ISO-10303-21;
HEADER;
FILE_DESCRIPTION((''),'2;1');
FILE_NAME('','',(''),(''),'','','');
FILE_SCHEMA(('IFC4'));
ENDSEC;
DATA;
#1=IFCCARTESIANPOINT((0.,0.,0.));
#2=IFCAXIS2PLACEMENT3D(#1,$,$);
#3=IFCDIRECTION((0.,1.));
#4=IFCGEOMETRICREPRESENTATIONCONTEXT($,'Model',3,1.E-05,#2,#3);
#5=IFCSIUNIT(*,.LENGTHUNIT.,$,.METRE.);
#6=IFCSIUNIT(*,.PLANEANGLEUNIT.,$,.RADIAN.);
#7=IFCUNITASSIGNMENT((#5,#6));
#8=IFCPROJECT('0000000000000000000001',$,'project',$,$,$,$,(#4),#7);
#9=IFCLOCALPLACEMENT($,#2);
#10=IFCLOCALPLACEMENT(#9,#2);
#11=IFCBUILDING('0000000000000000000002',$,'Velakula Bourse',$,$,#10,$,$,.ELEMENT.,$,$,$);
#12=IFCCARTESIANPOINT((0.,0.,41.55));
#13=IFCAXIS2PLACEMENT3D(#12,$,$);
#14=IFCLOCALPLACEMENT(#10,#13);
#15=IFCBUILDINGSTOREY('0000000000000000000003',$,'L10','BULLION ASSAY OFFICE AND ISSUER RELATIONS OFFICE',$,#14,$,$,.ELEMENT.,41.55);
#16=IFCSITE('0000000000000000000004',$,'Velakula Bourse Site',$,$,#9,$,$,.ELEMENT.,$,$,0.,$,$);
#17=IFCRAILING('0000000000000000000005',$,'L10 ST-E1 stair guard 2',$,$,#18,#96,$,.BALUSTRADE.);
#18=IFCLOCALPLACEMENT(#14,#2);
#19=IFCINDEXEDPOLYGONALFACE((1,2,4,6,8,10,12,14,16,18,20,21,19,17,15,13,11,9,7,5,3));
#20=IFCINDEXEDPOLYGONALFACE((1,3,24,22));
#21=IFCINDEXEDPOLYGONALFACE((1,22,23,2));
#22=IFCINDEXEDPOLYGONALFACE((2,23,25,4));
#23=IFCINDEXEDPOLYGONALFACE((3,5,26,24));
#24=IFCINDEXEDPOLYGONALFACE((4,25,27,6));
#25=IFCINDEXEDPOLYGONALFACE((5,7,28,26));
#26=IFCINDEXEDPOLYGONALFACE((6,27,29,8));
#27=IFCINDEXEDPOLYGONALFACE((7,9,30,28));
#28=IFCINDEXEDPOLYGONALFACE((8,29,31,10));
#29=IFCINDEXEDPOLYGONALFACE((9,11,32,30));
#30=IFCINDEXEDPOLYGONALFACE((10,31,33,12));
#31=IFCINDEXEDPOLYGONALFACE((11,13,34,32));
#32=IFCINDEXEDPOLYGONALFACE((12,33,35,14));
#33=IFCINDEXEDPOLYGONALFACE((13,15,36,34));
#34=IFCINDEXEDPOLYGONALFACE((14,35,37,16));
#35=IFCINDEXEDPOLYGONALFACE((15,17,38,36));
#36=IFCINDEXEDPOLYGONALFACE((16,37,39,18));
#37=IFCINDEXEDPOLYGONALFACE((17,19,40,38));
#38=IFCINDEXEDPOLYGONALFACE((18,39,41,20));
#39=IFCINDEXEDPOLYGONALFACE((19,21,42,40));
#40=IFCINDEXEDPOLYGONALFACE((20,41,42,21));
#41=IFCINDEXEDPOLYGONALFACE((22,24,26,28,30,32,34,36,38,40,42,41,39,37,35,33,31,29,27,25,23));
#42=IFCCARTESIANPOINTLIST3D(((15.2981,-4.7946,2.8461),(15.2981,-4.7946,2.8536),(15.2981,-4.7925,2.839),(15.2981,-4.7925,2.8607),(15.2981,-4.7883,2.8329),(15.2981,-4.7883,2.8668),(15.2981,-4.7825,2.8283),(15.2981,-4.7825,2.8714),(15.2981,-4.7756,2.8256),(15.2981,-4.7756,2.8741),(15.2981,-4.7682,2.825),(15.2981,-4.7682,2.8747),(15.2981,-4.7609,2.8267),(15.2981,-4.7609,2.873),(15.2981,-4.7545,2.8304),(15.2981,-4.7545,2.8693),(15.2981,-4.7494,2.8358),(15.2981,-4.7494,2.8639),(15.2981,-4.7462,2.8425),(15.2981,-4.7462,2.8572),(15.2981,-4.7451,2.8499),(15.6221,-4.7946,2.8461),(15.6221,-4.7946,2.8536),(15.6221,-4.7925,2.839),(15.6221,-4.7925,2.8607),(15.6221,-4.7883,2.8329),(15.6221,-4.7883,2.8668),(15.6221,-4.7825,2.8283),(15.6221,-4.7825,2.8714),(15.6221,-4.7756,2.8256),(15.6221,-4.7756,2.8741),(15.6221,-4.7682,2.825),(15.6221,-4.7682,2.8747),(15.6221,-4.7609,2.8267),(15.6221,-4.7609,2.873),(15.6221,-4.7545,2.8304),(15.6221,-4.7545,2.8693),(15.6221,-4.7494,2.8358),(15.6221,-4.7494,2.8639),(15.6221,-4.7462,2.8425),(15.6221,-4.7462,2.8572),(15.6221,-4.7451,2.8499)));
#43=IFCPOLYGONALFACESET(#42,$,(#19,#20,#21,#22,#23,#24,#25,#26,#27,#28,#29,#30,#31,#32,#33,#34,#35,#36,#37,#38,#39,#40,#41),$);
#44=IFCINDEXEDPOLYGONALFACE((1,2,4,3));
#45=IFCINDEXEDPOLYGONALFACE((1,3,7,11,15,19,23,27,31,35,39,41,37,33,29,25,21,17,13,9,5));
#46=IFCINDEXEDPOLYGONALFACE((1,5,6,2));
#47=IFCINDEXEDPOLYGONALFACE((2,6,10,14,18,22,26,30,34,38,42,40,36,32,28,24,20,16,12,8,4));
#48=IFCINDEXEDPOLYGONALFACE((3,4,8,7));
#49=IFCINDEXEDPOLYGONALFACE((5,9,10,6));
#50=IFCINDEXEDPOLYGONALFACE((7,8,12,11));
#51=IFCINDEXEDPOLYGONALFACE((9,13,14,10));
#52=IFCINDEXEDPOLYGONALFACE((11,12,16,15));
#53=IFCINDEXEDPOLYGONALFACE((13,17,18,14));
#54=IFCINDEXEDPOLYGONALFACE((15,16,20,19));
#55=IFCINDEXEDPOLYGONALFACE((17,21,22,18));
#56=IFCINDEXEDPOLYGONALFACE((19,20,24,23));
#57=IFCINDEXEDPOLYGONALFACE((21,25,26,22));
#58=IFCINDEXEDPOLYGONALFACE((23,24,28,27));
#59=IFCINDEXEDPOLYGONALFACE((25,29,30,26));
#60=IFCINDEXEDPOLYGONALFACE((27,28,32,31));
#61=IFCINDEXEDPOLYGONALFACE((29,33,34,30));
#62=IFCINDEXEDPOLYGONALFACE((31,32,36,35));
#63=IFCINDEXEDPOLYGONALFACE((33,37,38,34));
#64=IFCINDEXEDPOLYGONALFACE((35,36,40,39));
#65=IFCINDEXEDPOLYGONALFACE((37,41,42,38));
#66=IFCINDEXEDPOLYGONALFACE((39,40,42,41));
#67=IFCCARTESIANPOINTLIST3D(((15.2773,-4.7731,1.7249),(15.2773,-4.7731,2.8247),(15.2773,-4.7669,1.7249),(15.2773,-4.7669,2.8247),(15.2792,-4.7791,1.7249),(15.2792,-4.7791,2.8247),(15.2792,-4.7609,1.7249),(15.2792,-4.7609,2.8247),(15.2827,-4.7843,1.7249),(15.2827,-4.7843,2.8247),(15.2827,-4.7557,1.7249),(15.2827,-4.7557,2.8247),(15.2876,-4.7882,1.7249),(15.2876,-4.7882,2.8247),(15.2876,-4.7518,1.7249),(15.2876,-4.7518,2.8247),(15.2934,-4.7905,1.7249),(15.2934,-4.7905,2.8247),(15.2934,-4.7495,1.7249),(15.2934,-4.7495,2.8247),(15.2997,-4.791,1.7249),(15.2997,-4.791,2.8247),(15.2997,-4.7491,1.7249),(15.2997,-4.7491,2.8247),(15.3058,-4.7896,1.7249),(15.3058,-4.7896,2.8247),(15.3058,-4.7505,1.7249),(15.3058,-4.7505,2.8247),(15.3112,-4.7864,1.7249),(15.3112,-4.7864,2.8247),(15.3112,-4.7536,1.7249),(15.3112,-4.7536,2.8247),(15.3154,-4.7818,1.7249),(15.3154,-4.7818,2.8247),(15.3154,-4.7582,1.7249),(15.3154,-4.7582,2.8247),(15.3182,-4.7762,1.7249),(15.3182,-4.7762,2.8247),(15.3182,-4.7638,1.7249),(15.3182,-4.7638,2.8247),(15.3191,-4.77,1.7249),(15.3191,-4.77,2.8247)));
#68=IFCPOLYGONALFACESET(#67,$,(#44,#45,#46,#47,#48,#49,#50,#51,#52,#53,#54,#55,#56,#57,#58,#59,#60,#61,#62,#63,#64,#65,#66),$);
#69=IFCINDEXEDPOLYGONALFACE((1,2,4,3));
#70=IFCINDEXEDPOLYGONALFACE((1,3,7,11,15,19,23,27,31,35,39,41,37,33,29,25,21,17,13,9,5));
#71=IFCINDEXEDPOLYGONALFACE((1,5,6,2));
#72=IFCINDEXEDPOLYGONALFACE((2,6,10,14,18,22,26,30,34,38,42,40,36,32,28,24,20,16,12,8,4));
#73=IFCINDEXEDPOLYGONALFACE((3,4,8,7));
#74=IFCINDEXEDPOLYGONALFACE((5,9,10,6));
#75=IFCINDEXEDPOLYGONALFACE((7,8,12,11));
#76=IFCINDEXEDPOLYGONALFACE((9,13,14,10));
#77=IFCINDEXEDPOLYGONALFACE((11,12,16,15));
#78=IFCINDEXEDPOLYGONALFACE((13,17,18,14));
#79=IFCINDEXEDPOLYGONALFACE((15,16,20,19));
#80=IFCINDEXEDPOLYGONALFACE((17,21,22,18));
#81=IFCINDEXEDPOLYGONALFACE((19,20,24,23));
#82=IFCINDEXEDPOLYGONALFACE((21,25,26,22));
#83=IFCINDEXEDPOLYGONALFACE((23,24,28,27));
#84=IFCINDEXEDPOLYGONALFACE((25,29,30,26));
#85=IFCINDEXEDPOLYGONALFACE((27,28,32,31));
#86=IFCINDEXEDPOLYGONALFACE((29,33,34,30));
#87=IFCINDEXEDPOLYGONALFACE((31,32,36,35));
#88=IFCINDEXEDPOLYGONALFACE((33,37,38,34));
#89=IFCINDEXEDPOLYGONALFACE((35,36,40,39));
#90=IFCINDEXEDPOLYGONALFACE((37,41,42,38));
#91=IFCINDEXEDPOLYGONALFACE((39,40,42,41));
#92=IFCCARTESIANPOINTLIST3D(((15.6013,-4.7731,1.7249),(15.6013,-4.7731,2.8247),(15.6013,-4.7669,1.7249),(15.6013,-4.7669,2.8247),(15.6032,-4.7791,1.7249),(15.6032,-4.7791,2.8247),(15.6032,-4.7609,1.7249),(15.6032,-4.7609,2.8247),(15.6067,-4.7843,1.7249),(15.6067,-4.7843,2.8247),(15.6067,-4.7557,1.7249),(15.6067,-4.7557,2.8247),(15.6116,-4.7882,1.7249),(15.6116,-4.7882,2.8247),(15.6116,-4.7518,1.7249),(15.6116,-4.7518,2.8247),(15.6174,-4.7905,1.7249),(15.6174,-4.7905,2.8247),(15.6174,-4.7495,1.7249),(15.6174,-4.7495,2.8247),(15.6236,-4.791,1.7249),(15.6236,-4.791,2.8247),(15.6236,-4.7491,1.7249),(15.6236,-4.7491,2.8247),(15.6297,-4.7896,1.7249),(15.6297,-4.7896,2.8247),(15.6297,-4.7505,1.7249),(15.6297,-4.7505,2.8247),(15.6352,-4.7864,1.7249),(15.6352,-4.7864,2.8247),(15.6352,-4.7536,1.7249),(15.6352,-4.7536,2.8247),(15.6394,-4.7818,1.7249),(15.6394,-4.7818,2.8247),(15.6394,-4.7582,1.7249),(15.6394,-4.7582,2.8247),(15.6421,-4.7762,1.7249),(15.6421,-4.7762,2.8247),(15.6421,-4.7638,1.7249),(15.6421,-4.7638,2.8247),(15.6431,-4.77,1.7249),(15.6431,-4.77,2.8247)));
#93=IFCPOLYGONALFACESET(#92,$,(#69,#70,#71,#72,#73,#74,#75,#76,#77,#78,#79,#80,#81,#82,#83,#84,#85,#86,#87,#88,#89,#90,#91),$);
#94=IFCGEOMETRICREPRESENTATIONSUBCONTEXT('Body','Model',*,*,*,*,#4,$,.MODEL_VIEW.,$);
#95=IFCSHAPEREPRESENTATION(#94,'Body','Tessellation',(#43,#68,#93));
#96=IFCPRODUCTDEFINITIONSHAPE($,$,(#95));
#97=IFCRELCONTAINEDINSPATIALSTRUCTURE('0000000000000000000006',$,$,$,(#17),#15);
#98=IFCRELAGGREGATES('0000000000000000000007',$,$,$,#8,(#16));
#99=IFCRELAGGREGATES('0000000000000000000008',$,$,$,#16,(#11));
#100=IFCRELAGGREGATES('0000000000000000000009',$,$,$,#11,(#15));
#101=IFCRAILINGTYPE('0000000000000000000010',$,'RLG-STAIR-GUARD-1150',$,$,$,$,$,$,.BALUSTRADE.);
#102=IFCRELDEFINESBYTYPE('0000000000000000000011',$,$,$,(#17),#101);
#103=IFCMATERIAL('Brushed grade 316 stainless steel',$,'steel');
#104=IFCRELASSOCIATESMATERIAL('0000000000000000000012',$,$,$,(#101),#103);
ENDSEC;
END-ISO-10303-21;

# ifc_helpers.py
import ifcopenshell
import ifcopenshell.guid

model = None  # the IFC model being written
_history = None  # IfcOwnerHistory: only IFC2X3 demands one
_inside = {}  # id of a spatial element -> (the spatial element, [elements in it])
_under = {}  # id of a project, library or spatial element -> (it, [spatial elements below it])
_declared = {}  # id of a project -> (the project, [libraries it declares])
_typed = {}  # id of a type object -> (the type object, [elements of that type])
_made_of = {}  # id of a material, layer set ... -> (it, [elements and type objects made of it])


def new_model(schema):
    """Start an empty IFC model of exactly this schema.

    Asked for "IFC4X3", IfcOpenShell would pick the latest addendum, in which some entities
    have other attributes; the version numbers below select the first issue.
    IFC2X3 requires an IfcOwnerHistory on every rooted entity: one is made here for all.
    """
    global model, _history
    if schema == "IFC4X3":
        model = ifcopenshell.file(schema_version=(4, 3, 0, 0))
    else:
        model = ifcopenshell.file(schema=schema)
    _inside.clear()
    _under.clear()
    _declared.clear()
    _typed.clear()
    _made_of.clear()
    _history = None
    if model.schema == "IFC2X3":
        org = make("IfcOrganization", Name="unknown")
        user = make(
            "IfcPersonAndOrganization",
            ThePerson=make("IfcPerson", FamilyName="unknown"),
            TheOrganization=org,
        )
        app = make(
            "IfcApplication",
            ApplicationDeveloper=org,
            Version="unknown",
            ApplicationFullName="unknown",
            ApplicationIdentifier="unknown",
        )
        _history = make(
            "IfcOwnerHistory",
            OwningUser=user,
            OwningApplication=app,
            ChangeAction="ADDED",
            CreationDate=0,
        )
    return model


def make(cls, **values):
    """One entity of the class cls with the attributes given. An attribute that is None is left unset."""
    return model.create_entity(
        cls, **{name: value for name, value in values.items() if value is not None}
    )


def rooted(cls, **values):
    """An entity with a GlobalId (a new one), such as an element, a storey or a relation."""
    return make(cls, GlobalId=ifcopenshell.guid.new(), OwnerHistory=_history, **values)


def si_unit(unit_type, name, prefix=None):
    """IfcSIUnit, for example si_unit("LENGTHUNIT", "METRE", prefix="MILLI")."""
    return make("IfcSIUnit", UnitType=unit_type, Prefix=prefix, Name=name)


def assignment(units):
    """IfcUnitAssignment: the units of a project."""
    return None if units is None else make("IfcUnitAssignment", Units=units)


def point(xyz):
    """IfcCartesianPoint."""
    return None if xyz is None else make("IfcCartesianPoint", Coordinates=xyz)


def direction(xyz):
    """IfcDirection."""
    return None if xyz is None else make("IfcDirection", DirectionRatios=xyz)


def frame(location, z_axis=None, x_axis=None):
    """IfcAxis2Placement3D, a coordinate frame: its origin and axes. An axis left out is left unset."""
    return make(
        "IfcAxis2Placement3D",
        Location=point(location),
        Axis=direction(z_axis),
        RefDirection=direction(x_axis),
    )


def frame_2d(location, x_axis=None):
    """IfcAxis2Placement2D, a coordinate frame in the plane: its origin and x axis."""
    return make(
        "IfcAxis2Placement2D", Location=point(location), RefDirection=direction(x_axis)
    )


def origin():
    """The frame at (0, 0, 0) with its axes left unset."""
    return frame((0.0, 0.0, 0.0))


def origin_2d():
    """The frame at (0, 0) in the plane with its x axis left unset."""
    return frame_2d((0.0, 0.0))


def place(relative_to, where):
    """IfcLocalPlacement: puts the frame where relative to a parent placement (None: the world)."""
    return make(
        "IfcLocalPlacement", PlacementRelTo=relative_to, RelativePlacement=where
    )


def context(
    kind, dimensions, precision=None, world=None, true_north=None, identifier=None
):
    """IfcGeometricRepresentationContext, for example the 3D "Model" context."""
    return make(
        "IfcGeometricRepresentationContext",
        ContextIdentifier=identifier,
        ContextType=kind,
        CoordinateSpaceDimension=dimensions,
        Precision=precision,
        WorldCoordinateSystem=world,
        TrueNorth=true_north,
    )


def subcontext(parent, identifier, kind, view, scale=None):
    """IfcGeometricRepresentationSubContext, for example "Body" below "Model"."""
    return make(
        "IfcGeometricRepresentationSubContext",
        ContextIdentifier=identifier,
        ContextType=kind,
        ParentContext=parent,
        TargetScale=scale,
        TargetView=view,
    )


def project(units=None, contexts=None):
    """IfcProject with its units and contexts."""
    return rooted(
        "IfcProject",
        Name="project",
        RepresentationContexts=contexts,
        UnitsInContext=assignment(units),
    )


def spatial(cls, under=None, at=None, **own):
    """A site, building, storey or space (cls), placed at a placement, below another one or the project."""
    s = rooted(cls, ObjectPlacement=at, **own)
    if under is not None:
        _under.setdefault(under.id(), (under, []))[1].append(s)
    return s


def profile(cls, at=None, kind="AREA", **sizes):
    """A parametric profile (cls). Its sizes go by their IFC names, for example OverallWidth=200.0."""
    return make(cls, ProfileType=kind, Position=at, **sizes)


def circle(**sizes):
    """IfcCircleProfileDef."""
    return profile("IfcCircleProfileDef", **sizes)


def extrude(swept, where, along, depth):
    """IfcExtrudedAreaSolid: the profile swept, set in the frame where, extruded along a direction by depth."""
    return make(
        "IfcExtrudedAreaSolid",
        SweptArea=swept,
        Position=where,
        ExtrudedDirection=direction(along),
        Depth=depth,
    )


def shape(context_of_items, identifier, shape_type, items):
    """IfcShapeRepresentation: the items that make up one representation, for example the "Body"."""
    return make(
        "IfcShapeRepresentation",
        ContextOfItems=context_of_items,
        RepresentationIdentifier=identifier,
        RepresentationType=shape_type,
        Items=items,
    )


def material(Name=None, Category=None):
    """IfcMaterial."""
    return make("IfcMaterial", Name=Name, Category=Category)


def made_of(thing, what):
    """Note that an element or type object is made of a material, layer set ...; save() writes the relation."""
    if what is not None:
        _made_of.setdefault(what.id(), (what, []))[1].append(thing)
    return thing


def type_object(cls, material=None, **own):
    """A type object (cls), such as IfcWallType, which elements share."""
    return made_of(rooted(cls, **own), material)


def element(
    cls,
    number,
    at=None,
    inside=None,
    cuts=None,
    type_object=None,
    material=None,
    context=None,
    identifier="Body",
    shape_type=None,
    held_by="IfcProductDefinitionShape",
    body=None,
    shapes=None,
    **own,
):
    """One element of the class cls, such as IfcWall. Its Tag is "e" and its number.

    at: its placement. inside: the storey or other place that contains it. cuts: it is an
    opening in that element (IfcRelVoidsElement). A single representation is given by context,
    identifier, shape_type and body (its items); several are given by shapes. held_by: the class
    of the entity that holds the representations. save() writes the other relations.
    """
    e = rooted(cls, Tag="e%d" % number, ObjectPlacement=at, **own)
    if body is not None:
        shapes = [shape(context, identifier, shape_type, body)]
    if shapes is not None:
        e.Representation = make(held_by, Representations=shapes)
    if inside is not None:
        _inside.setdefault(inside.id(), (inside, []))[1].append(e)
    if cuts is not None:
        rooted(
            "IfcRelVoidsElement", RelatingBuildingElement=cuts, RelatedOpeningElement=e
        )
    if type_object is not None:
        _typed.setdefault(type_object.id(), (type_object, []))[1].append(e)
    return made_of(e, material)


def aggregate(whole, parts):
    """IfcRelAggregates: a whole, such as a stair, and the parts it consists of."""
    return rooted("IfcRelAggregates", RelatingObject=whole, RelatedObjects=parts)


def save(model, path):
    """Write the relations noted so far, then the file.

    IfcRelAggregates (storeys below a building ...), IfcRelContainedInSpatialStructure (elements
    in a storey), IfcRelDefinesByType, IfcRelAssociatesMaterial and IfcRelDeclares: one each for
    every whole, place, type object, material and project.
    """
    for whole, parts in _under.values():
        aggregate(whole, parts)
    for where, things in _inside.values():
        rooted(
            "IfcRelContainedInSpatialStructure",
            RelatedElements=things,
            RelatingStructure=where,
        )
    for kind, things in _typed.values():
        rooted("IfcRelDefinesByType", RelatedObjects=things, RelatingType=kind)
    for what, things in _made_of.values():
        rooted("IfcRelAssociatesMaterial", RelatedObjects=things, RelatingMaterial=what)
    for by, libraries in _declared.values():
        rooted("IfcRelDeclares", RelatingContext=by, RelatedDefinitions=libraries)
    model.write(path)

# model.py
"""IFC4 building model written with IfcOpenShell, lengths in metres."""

from ifc_helpers import new_model, si_unit, direction, frame, origin, origin_2d, place, context, subcontext, project, spatial, circle, extrude, material, type_object, element, save


model = new_model("IFC4")

# Units and contexts
model_context = context("Model", 3, precision=1e-05, world=origin(), true_north=direction((0.0, 1.0)))
body_context = subcontext(model_context, "Body", "Model", "MODEL_VIEW")
ifc_project = project(units=[si_unit("LENGTHUNIT", "METRE"), si_unit("PLANEANGLEUNIT", "RADIAN")], contexts=[model_context])

# Site, building, storey
site_placement = place(None, origin())
site = spatial("IfcSite", under=ifc_project, at=site_placement, Name="Velakula Bourse Site", CompositionType="ELEMENT", RefElevation=0.0)
building_placement = place(site_placement, origin())
building = spatial("IfcBuilding", under=site, at=building_placement, Name="Velakula Bourse", CompositionType="ELEMENT")
storey_placement = place(building_placement, frame((0.0, 0.0, 41.55)))
storey = spatial("IfcBuildingStorey", under=building, at=storey_placement, Name="L10", Description="BULLION ASSAY OFFICE AND ISSUER RELATIONS OFFICE", CompositionType="ELEMENT", Elevation=41.55)

# Shared definitions
ifc_material_1 = material(Name="Brushed grade 316 stainless steel", Category="steel")

# Railing
railing_type_1 = type_object("IfcRailingType", Name="RLG-STAIR-GUARD-1150", PredefinedType="BALUSTRADE", material=ifc_material_1)
railing_1_placement = place(storey_placement, frame((15.2981, -4.77, 1.7249)))
element("IfcRailing", 1, at=railing_1_placement, inside=storey, type_object=railing_type_1, Name="L10 ST-E1 stair guard 2", PredefinedType="BALUSTRADE", context=body_context, shape_type="SweptSolid", body=[
    extrude(circle(Radius=0.0249, at=origin_2d()), frame((0.0, 0.0, 1.125), z_axis=(1.0, 0.0, 0.0), x_axis=(0.0, 1.0, 0.0)), (0.0, 0.0, 1.0), 0.324),
    extrude(circle(Radius=0.021, at=origin_2d()), origin(), (0.0, 0.0, 1.0), 1.0999),
    extrude(circle(Radius=0.021, at=origin_2d()), frame((0.324, 0.0, 0.0)), (0.0, 0.0, 1.0), 1.0999),
])

save(model, "model.ifc")
